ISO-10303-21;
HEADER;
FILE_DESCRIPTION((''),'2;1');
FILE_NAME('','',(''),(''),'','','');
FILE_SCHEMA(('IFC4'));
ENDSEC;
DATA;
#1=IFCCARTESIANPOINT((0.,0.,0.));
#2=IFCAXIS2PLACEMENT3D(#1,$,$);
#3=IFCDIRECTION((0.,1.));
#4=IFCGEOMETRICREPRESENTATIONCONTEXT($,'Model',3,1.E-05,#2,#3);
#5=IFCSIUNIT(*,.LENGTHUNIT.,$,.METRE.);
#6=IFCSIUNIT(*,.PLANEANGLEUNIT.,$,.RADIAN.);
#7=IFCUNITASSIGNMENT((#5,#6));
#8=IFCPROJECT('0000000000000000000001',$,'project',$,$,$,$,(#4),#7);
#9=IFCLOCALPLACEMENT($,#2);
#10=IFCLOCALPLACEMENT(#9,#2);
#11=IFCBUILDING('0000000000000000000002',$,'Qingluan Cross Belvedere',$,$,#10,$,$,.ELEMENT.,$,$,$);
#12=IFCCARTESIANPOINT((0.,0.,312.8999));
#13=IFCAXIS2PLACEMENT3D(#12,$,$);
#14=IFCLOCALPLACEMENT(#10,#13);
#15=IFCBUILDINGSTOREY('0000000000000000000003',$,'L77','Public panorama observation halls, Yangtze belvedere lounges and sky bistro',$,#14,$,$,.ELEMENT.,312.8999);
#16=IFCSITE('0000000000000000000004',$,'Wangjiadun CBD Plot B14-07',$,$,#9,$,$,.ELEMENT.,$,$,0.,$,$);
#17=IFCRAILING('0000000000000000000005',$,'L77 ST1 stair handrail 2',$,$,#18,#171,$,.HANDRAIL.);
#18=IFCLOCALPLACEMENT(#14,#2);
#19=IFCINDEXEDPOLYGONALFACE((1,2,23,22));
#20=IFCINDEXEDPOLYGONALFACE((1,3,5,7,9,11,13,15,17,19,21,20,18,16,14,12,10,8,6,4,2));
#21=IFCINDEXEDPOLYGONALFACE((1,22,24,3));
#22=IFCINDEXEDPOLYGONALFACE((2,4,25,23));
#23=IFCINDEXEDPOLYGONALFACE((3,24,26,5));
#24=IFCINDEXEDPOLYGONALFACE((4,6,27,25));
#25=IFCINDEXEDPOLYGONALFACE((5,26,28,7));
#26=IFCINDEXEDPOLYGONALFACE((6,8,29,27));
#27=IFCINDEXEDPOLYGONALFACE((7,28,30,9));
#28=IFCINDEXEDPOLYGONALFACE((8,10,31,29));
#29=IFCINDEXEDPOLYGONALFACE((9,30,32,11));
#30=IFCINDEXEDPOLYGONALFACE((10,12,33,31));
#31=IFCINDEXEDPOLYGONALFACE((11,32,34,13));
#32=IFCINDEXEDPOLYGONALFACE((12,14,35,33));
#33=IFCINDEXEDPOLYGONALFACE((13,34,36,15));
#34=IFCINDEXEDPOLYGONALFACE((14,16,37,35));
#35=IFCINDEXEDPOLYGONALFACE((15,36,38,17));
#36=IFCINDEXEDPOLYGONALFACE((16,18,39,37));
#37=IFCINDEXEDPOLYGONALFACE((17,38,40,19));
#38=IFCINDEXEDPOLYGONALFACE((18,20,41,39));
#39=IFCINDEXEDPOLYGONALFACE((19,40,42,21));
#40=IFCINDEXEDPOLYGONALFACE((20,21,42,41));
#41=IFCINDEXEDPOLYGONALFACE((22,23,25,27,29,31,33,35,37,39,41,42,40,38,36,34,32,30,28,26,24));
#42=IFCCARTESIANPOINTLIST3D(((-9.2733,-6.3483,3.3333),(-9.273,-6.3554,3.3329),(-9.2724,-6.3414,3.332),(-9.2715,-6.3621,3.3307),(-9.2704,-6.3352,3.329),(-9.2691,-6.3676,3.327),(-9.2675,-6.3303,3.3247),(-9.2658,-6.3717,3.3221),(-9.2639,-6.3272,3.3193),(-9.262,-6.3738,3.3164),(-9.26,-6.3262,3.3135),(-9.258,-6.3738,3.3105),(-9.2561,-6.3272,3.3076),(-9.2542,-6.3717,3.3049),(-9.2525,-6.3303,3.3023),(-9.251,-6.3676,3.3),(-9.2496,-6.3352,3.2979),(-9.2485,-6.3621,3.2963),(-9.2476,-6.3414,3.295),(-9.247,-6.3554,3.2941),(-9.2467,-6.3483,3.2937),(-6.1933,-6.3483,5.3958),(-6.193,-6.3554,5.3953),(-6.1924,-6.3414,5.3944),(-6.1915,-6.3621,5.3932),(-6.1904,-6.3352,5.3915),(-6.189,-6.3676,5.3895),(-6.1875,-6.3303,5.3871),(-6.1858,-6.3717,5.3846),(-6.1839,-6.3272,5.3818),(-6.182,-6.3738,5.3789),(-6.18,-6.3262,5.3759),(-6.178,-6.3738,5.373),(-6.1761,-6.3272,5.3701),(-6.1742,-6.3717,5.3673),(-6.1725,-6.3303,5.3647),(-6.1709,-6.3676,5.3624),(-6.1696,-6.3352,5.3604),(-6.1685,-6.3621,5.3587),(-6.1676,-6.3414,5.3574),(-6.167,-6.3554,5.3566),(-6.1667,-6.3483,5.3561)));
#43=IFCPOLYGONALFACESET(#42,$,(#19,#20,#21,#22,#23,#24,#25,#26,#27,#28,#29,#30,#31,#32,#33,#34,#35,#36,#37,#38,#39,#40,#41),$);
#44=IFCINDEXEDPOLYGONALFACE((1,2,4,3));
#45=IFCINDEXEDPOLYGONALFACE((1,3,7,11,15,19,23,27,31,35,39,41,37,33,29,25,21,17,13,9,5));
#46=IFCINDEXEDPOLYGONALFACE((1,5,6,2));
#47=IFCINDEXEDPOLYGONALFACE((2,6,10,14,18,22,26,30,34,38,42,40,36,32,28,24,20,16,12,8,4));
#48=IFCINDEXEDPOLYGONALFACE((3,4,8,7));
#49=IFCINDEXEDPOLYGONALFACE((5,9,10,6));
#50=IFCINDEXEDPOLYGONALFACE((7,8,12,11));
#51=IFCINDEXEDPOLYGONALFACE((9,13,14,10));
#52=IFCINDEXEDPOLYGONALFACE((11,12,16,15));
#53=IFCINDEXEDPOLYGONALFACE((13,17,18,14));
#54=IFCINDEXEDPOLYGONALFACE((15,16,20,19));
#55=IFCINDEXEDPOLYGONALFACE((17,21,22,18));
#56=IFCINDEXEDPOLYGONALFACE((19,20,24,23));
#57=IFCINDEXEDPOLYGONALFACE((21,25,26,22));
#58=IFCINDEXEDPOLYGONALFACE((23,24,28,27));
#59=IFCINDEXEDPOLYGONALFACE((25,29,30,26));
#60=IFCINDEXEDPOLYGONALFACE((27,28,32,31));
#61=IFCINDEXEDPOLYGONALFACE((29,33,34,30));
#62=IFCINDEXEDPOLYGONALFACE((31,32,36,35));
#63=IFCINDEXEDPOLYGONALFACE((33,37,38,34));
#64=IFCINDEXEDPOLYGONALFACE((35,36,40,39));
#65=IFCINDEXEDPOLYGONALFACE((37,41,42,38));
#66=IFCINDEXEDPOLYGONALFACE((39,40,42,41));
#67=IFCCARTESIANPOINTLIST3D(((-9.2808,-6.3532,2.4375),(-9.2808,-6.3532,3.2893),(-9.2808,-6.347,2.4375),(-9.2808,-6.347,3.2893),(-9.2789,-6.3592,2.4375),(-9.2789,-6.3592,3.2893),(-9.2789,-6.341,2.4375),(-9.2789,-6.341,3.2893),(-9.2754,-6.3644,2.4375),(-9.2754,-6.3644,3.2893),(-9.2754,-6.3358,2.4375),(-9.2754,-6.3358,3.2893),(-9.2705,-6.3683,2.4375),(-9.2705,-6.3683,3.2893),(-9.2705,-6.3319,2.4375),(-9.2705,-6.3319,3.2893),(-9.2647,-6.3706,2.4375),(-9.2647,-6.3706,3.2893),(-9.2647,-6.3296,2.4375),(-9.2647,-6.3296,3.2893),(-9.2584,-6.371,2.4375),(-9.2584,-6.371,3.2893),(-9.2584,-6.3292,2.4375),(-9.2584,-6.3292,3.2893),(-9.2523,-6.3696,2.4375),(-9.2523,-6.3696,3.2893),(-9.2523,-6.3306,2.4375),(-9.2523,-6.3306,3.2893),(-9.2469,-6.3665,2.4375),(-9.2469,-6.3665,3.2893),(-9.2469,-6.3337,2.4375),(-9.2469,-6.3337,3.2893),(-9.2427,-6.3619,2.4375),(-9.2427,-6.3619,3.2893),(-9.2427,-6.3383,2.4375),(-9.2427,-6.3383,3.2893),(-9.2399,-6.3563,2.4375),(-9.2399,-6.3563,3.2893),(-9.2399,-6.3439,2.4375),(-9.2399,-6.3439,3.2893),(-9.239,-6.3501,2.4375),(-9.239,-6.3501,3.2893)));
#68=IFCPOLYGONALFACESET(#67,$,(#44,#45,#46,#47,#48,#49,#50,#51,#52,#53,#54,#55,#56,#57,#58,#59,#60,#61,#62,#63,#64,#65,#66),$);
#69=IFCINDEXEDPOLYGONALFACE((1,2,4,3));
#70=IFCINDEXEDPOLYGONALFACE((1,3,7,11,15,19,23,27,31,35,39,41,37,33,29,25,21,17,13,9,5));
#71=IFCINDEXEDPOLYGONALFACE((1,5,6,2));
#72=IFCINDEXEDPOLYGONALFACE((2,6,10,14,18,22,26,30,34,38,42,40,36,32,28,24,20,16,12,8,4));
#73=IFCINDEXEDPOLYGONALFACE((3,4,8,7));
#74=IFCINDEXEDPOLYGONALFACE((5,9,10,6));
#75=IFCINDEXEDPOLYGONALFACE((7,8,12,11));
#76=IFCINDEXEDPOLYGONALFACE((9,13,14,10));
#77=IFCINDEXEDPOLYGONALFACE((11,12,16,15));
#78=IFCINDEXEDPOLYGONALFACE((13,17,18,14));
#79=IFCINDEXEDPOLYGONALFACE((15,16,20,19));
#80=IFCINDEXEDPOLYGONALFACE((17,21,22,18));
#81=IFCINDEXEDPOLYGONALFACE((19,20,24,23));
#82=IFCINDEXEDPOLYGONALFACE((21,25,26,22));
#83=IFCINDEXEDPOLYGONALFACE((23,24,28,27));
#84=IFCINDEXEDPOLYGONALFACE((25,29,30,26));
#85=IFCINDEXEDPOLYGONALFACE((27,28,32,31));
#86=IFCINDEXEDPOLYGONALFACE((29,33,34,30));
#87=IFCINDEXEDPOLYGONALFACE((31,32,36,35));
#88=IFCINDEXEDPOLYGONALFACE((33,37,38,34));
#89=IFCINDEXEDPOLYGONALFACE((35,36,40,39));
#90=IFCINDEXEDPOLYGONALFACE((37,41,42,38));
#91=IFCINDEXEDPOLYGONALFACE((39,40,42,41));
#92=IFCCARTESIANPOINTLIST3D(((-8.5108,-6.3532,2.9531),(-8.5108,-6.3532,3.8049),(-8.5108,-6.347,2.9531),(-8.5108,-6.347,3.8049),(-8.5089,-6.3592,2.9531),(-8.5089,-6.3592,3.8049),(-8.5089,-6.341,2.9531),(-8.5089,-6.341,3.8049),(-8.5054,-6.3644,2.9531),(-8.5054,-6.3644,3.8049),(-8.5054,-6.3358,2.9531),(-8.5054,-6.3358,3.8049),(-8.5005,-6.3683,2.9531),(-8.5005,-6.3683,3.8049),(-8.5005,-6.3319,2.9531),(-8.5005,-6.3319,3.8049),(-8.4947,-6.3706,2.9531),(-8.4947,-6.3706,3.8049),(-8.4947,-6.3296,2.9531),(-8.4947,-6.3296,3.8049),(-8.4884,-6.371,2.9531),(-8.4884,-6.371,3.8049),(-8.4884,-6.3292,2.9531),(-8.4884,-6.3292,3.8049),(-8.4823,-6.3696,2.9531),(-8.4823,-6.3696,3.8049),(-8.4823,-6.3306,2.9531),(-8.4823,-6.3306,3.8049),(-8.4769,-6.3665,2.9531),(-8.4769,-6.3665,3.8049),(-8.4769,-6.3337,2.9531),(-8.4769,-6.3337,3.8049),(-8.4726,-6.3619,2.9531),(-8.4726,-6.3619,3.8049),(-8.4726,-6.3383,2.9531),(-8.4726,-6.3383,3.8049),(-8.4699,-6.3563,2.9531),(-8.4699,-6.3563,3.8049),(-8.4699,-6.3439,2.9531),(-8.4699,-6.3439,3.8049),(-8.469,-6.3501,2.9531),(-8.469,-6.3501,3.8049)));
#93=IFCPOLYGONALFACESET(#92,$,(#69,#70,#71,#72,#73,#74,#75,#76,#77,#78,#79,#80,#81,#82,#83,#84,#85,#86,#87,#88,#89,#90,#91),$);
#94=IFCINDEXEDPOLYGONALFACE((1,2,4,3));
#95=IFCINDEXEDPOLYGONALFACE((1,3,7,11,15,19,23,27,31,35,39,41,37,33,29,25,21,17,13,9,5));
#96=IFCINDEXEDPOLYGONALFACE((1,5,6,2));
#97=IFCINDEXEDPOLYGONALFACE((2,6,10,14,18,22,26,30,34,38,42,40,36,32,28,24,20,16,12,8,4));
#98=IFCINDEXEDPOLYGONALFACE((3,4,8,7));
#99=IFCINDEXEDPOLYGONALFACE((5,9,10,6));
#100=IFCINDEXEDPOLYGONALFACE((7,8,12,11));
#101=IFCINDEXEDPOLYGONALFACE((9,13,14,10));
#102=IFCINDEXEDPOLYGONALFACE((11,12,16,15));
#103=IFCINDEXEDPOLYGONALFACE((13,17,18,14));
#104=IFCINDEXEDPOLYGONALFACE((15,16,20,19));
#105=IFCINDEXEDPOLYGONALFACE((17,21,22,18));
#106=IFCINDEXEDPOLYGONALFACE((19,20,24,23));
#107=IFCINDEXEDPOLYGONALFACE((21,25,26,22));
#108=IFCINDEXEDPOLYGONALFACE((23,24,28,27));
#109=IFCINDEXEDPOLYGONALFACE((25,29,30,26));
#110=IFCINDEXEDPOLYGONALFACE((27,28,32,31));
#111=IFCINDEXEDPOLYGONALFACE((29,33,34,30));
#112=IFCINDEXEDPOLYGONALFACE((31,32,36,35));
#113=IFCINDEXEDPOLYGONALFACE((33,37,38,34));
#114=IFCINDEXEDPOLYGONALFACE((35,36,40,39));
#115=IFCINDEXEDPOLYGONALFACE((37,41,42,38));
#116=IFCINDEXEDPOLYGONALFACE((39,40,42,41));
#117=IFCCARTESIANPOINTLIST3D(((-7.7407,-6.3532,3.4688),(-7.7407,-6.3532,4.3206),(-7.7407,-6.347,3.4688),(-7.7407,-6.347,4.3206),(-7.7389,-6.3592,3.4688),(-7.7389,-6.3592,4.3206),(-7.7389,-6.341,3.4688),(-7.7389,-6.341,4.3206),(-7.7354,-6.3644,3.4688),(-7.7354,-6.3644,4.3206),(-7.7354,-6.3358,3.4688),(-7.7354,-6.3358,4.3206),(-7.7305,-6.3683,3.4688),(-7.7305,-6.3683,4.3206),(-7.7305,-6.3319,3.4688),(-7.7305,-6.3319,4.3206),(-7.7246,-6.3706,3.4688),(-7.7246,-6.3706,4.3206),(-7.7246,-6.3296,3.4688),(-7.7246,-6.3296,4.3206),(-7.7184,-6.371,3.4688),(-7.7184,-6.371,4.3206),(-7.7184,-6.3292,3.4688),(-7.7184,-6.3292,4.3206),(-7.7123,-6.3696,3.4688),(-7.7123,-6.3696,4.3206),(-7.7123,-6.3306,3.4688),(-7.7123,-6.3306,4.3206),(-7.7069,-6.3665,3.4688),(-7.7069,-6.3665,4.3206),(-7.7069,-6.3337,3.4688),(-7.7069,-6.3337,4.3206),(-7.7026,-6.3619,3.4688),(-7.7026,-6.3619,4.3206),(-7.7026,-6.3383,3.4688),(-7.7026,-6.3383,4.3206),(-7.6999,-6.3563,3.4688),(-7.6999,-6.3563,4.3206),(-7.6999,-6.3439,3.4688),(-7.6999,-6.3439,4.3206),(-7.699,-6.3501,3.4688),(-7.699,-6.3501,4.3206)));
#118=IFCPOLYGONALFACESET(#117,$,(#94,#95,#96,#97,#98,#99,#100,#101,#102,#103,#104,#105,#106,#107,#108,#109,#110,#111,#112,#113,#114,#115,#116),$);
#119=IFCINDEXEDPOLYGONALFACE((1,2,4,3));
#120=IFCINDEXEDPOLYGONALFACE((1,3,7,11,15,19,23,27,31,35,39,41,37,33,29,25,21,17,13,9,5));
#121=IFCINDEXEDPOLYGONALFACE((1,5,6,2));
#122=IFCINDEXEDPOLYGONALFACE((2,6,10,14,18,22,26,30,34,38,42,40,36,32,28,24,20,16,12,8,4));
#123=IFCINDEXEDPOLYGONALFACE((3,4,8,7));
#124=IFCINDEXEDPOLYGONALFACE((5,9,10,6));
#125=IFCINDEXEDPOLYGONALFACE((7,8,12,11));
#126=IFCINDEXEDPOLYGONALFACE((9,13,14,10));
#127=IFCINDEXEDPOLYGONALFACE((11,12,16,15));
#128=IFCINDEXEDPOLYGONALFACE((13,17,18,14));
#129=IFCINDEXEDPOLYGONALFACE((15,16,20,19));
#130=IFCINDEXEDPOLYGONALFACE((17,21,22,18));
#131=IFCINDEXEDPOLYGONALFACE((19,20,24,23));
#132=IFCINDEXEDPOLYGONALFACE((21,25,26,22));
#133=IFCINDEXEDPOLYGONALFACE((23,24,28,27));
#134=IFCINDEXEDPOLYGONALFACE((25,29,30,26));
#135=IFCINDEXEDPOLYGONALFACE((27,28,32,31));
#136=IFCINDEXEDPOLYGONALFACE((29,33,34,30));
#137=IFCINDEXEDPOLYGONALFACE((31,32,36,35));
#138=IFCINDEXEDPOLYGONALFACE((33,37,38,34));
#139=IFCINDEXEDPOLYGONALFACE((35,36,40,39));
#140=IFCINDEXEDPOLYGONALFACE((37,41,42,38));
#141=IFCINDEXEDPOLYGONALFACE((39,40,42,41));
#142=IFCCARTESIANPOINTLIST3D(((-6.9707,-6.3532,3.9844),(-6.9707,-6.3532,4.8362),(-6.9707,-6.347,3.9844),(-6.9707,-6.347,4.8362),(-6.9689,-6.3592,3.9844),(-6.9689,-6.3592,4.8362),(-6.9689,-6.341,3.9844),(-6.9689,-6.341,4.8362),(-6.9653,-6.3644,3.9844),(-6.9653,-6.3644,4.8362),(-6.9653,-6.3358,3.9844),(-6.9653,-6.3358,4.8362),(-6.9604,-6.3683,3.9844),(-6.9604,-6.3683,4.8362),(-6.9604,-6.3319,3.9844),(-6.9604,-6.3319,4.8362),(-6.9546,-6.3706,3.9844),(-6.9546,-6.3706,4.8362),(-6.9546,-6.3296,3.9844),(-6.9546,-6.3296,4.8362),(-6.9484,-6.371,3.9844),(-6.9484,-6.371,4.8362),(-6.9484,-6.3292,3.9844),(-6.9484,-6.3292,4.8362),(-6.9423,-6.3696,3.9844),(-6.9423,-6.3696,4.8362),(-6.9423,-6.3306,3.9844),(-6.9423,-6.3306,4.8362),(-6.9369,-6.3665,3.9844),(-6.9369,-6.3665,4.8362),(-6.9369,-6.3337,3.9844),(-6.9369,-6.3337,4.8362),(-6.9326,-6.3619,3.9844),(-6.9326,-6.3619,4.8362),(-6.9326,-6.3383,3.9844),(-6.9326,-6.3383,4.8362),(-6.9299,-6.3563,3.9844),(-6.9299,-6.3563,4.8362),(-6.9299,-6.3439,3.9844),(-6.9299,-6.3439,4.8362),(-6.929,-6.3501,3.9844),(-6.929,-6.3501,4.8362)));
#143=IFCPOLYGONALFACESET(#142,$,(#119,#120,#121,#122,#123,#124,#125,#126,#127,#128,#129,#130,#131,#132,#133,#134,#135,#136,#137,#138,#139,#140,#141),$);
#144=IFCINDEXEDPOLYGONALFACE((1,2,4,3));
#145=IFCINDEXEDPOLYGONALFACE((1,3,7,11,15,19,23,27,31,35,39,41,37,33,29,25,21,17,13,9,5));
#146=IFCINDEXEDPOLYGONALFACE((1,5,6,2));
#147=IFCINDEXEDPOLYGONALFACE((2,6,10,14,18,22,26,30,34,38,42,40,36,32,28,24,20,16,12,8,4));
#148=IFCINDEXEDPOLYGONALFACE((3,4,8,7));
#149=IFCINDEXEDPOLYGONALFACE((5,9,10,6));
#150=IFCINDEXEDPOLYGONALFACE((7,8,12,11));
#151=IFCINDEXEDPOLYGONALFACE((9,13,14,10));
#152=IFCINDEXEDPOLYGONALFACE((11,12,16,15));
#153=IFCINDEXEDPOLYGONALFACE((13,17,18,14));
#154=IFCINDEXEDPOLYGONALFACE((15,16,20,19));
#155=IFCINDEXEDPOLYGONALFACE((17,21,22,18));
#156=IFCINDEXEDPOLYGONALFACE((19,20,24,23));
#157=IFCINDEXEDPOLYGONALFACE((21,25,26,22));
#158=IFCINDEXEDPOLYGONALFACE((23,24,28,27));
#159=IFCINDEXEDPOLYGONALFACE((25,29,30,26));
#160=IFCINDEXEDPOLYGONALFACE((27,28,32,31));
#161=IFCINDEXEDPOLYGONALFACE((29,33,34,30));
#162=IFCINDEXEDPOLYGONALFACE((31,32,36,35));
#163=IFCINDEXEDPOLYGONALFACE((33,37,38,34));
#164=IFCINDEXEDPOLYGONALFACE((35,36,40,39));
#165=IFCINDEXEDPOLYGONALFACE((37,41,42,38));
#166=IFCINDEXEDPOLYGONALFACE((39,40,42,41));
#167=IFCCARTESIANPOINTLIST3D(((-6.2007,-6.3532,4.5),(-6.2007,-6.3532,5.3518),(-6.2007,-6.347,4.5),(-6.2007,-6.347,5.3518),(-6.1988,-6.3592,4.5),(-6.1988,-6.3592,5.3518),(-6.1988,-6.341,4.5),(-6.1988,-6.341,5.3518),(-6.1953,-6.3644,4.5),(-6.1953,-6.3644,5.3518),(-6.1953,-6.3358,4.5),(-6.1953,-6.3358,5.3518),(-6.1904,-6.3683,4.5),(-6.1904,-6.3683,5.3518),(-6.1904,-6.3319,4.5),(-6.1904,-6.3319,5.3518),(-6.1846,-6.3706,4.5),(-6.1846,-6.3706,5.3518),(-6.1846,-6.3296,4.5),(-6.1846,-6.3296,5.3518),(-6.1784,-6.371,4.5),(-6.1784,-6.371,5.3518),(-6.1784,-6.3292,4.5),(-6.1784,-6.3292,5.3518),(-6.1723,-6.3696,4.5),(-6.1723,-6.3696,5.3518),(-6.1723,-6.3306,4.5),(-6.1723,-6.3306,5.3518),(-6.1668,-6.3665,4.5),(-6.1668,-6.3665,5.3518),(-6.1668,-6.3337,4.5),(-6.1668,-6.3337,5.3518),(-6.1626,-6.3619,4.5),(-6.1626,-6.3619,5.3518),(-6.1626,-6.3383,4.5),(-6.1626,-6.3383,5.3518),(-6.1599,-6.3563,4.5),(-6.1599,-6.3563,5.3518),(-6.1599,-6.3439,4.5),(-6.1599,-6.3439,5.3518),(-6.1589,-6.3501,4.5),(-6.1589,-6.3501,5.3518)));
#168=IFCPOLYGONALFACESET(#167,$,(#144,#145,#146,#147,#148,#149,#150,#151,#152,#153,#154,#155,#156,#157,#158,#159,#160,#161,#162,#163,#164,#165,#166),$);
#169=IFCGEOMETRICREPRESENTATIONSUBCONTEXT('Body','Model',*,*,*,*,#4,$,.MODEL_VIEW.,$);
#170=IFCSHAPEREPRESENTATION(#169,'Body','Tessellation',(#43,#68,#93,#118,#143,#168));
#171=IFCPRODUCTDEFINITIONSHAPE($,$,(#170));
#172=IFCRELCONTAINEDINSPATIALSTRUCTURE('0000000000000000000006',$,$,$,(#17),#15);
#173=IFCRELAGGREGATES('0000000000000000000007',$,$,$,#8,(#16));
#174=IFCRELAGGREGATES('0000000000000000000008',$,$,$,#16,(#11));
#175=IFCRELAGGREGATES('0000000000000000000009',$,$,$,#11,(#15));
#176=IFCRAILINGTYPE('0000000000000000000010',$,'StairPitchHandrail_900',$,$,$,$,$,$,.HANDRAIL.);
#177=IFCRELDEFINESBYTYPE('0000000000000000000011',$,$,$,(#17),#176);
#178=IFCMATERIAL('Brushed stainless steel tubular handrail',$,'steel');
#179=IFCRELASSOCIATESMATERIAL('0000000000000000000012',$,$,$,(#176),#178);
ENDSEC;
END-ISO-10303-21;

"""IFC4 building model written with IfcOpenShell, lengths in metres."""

from ifc_helpers import new_model, si_unit, direction, frame, origin, origin_2d, place, context, subcontext, project, spatial, circle, extrude, material, type_object, element, save


model = new_model("IFC4")

# Units and contexts
model_context = context("Model", 3, precision=1e-05, world=origin(), true_north=direction((0.0, 1.0)))
body_context = subcontext(model_context, "Body", "Model", "MODEL_VIEW")
ifc_project = project(units=[si_unit("LENGTHUNIT", "METRE"), si_unit("PLANEANGLEUNIT", "RADIAN")], contexts=[model_context])

# Site, building, storey
site_placement = place(None, origin())
site = spatial("IfcSite", under=ifc_project, at=site_placement, Name="Wangjiadun CBD Plot B14-07", CompositionType="ELEMENT", RefElevation=0.0)
building_placement = place(site_placement, origin())
building = spatial("IfcBuilding", under=site, at=building_placement, Name="Qingluan Cross Belvedere", CompositionType="ELEMENT")
storey_placement = place(building_placement, frame((0.0, 0.0, 312.8999)))
storey = spatial("IfcBuildingStorey", under=building, at=storey_placement, Name="L77", Description="Public panorama observation halls, Yangtze belvedere lounges and sky bistro", CompositionType="ELEMENT", Elevation=312.8999)

# Railing
ifc_material_1 = material(Name="Brushed stainless steel tubular handrail", Category="steel")
railing_type = type_object("IfcRailingType", Name="StairPitchHandrail_900", PredefinedType="HANDRAIL", material=ifc_material_1)
railing_placement = place(storey_placement, frame((-9.26, -6.3501, 2.4375)))
element("IfcRailing", 1, at=railing_placement, inside=storey, type_object=railing_type, Name="L77 ST1 stair handrail 2", PredefinedType="HANDRAIL", context=body_context, shape_type="SweptSolid", body=[
    extrude(circle(Radius=0.0239, at=origin_2d()), frame((0.0, 0.0, 0.876), z_axis=(0.830914, 0.0, 0.556401), x_axis=(0.0, 1.0, 0.0)), (0.0, 0.0, 1.0), 3.7068),
    extrude(circle(Radius=0.021, at=origin_2d()), origin(), (0.0, 0.0, 1.0), 0.8518),
    extrude(circle(Radius=0.021, at=origin_2d()), frame((0.77, 0.0, 0.5156)), (0.0, 0.0, 1.0), 0.8518),
    extrude(circle(Radius=0.021, at=origin_2d()), frame((1.54, 0.0, 1.0312)), (0.0, 0.0, 1.0), 0.8518),
    extrude(circle(Radius=0.021, at=origin_2d()), frame((2.3101, 0.0, 1.5469)), (0.0, 0.0, 1.0), 0.8518),
    extrude(circle(Radius=0.021, at=origin_2d()), frame((3.0801, 0.0, 2.0625)), (0.0, 0.0, 1.0), 0.8518),
])

save(model, "model.ifc")
